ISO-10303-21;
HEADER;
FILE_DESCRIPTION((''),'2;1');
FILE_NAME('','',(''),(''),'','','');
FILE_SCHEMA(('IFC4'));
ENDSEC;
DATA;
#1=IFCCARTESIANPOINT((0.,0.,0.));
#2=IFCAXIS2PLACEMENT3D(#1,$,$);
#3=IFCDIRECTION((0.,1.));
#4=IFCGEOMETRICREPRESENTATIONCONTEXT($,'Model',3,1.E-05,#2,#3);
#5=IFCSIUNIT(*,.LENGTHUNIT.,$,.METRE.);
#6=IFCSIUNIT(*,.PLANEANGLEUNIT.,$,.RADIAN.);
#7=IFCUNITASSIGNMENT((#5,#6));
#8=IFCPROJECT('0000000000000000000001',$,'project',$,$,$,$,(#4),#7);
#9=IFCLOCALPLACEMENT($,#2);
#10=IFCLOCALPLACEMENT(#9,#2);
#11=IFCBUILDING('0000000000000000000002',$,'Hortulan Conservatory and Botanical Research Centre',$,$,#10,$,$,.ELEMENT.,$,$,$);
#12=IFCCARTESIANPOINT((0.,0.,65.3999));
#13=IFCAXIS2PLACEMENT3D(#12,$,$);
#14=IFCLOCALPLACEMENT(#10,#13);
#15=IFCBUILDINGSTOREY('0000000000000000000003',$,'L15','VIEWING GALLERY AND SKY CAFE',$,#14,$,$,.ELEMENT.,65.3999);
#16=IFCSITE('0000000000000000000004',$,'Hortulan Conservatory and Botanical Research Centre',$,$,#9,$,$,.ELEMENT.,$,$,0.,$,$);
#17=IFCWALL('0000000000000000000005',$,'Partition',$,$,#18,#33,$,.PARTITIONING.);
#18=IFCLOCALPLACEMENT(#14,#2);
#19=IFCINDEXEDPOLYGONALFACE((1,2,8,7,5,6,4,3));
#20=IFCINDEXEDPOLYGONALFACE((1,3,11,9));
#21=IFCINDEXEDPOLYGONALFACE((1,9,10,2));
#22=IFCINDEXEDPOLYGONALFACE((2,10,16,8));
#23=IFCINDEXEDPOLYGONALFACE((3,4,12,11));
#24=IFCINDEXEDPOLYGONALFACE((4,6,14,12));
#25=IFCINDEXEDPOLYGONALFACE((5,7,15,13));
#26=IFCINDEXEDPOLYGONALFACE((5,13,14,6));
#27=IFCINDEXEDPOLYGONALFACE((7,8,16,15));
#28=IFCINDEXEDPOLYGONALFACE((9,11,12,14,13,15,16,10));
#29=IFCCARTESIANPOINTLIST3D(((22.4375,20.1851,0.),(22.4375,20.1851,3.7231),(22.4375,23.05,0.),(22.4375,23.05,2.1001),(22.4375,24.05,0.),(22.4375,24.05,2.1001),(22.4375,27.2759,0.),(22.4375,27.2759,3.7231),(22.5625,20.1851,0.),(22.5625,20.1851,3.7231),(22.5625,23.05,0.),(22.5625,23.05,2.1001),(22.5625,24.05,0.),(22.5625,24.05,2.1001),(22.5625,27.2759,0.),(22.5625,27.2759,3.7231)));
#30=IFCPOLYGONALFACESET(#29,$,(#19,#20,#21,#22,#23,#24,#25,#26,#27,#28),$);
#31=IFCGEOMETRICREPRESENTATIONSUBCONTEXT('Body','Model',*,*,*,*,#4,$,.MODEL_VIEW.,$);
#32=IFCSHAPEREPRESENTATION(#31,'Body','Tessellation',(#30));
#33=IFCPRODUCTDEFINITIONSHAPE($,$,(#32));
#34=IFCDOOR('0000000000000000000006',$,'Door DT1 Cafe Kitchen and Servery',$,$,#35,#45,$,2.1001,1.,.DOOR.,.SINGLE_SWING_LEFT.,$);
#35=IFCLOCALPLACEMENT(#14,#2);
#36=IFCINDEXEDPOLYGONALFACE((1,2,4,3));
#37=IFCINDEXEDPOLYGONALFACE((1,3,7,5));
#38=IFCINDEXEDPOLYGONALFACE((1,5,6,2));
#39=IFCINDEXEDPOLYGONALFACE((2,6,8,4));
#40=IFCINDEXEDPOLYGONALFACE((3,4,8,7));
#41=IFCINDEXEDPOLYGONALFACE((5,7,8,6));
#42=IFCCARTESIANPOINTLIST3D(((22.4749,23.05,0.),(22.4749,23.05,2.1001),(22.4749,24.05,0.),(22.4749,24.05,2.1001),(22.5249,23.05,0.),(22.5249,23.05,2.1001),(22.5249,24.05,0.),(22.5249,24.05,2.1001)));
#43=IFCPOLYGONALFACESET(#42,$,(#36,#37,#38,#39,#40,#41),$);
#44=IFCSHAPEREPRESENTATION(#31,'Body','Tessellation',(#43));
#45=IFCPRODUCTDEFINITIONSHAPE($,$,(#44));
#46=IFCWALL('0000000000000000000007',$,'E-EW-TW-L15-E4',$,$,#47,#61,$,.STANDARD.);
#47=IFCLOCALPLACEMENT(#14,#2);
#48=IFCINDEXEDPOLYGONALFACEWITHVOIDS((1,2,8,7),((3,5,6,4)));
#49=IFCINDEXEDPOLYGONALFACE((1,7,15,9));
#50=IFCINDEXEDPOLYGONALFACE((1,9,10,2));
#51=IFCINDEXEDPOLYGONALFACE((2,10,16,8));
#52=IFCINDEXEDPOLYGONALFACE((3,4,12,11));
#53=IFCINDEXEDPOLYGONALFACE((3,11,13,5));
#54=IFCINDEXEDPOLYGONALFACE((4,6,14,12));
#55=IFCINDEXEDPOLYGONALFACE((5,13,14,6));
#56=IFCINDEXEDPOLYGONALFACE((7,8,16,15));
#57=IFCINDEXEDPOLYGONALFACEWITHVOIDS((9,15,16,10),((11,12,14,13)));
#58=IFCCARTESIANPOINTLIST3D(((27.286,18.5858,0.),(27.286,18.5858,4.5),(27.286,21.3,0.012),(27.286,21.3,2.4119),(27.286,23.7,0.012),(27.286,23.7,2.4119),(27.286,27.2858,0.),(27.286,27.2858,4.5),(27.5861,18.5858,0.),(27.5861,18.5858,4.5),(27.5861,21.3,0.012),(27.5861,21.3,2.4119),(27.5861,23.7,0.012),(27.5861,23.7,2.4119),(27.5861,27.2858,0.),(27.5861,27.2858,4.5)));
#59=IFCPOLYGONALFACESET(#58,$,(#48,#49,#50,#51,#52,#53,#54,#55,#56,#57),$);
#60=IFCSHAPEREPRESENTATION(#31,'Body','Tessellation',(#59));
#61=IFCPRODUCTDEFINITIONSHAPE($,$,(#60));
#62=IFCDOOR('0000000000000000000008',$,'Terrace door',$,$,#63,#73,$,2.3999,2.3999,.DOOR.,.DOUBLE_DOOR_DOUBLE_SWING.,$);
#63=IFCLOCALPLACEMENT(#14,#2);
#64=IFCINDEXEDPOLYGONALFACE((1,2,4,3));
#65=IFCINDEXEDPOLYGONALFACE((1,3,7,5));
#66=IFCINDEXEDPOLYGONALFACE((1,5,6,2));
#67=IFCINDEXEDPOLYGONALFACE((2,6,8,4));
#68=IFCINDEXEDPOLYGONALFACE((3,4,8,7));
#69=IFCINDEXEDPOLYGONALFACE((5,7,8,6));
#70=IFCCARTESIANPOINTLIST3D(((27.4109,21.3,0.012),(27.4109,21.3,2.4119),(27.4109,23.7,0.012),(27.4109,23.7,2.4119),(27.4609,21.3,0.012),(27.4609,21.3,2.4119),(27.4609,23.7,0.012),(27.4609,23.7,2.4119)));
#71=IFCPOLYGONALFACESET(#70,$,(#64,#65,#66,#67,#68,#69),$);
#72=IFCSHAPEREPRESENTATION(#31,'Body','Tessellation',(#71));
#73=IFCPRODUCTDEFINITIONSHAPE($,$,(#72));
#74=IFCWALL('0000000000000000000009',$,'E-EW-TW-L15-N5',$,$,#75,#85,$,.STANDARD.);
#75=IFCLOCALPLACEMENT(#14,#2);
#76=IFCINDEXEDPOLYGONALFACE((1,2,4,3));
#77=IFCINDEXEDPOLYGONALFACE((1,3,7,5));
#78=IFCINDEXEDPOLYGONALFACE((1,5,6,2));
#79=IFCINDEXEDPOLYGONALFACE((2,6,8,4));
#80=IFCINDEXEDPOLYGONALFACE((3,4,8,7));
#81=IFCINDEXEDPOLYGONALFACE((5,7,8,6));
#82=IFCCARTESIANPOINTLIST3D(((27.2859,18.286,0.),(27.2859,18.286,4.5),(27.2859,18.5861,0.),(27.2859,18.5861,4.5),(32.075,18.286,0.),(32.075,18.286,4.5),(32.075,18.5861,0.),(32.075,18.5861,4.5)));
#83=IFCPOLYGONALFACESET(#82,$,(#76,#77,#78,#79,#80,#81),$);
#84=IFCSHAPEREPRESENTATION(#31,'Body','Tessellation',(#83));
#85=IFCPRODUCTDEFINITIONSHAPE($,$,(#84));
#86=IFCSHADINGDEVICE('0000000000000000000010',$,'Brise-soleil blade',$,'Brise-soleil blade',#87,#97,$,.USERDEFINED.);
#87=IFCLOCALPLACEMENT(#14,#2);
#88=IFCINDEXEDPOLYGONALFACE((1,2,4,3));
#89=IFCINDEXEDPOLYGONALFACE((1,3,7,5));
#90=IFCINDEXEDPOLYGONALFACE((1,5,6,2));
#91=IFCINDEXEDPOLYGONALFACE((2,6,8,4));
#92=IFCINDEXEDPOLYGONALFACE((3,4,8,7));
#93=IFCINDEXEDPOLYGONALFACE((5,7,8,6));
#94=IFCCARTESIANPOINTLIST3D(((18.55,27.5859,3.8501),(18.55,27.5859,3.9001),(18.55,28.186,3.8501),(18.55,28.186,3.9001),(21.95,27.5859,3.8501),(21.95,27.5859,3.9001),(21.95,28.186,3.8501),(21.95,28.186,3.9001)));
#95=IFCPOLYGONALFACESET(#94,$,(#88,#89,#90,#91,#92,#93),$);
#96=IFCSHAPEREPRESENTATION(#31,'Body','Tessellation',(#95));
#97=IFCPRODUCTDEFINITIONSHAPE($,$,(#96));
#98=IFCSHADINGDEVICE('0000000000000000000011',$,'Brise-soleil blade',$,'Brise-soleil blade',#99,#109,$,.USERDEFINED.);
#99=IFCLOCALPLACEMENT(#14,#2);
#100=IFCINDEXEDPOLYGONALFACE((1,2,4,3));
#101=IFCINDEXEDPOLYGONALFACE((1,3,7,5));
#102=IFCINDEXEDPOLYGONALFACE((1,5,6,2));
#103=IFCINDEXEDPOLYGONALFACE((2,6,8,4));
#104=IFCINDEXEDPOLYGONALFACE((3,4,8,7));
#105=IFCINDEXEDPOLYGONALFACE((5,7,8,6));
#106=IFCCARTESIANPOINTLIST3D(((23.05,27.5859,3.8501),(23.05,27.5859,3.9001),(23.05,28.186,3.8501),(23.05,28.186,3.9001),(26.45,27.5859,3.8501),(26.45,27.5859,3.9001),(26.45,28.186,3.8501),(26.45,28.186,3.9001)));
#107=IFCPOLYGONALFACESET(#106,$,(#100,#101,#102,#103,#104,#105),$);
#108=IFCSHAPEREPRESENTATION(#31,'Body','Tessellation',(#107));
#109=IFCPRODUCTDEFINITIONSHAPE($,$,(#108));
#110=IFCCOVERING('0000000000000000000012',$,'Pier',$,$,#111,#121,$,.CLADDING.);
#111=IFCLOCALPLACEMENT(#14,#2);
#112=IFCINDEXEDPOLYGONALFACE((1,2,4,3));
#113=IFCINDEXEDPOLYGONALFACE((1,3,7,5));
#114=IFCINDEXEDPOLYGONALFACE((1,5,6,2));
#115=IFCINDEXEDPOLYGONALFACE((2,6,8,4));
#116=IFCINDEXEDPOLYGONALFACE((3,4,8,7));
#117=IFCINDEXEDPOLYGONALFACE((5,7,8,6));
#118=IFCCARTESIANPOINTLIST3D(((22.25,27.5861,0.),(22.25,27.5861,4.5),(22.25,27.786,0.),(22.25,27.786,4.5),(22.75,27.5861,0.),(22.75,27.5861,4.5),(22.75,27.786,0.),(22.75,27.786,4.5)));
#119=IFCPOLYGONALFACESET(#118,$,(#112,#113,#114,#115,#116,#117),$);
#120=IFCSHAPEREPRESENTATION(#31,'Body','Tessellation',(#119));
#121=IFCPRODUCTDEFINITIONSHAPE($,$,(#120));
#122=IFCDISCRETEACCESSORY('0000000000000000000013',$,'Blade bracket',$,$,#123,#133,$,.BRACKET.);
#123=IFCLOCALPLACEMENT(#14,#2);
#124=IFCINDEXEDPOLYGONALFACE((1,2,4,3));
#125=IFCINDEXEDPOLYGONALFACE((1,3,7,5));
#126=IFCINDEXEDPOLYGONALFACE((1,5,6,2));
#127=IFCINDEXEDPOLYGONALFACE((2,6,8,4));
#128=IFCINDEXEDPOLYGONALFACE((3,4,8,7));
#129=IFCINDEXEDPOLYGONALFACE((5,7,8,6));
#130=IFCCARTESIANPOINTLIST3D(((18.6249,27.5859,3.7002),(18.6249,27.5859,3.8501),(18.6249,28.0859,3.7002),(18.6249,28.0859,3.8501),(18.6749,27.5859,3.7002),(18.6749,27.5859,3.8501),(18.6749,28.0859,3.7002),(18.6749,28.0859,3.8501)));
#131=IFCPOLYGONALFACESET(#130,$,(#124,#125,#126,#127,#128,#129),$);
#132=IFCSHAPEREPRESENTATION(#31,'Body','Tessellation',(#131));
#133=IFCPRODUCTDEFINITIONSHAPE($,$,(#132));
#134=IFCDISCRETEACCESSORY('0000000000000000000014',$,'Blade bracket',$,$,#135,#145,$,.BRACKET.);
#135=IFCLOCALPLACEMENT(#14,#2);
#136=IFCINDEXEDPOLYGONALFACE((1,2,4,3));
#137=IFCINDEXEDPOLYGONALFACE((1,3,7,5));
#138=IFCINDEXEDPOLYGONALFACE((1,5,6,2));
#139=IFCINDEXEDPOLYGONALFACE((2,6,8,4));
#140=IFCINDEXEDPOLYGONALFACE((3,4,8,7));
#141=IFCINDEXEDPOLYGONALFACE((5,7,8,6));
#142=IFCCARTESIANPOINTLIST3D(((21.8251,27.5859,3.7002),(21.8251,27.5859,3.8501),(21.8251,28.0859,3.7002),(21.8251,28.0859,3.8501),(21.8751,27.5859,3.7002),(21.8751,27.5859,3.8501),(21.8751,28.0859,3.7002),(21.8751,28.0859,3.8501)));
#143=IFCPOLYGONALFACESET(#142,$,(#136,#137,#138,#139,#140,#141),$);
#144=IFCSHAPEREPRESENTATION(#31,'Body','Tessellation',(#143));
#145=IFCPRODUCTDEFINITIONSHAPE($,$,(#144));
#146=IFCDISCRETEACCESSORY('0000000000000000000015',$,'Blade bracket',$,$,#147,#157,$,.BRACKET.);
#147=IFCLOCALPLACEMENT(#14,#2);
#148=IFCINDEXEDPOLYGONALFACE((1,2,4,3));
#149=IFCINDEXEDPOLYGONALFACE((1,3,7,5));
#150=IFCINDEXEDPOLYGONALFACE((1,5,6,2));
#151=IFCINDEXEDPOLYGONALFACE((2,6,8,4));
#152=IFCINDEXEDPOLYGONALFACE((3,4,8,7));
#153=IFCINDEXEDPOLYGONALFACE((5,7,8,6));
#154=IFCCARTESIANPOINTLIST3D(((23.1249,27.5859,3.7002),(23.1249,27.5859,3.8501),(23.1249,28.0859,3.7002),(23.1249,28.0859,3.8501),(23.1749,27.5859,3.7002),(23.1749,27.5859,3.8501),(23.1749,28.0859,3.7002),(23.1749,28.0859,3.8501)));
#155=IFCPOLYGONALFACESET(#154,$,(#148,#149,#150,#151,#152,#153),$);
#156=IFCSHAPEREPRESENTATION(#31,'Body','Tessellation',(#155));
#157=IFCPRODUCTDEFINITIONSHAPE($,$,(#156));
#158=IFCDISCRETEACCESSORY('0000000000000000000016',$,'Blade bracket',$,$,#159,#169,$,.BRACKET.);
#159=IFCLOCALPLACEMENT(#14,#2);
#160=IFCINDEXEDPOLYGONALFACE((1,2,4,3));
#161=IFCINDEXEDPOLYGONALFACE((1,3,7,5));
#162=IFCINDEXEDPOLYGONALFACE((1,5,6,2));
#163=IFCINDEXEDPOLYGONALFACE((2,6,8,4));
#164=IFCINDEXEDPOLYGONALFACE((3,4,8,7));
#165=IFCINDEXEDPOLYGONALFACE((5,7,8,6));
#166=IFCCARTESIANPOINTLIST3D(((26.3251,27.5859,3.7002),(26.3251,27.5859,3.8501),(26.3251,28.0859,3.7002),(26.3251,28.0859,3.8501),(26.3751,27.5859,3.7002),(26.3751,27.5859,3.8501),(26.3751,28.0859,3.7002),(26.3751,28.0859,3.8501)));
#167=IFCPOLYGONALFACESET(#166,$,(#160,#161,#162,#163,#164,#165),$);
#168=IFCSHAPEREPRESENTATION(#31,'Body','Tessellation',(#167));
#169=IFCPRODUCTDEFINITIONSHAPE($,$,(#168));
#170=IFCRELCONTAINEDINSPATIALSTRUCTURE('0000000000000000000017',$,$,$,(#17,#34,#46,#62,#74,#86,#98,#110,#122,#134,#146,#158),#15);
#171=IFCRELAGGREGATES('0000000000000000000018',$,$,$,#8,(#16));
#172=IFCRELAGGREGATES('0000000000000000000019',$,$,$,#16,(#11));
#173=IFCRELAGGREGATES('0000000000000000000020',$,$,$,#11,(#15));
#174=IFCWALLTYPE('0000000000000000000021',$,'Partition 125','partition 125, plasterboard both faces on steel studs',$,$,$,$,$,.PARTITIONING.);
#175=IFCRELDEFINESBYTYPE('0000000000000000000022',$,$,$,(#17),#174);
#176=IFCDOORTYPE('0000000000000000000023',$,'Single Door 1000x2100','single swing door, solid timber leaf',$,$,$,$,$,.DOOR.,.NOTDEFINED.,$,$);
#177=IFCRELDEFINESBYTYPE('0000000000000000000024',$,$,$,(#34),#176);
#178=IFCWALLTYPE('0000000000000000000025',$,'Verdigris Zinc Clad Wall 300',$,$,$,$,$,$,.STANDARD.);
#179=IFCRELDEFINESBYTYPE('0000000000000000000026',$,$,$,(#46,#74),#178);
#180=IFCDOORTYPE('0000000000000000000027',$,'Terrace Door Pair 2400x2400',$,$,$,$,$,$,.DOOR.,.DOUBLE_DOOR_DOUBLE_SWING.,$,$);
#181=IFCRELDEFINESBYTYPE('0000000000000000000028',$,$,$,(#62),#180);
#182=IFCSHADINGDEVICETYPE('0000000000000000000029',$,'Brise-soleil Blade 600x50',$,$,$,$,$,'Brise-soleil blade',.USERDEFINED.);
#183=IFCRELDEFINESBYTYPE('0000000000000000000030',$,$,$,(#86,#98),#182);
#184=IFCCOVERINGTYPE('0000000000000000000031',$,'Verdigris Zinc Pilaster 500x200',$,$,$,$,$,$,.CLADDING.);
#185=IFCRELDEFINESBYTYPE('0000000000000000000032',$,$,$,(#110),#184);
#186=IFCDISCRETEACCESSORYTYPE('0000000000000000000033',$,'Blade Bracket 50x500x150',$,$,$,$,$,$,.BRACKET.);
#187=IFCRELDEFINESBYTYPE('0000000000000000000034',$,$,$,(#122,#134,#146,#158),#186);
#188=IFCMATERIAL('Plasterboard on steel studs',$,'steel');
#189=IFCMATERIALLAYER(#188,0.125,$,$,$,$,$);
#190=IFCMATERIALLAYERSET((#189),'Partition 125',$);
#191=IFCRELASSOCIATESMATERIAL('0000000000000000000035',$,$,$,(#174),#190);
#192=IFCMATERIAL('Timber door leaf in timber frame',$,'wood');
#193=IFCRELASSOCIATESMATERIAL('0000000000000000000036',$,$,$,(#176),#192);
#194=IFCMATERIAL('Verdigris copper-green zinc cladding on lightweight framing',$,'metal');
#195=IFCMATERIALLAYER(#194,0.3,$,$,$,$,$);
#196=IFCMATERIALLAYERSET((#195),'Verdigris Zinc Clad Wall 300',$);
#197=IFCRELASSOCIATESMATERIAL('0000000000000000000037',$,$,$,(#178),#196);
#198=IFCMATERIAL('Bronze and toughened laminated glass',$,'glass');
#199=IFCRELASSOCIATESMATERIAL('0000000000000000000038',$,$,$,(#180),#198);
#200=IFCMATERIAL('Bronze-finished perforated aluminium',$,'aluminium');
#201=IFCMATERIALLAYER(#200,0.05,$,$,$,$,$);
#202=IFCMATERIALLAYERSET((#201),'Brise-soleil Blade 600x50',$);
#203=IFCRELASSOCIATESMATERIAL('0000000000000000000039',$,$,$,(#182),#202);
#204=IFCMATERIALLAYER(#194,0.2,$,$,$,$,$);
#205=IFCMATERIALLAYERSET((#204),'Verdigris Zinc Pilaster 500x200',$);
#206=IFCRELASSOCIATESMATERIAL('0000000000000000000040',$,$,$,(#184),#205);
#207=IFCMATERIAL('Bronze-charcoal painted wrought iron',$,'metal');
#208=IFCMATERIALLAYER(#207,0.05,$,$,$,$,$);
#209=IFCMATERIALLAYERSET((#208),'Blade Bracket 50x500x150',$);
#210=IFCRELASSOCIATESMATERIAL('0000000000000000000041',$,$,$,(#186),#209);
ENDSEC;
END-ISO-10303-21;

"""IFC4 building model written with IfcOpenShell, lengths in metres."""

from ifc_helpers import new_model, si_unit, direction, frame, frame_2d, origin, origin_2d, place, context, subcontext, project, spatial, rectangle, extrude, material, layer, layer_set, type_object, element, fill, save


model = new_model("IFC4")

# Units and contexts
model_context = context("Model", 3, precision=1e-05, world=origin(), true_north=direction((0.0, 1.0)))
body_context = subcontext(model_context, "Body", "Model", "MODEL_VIEW")
ifc_project = project(units=[si_unit("LENGTHUNIT", "METRE"), si_unit("PLANEANGLEUNIT", "RADIAN")], contexts=[model_context])

# Site, building, storey
site_placement = place(None, origin())
site = spatial("IfcSite", under=ifc_project, at=site_placement, Name="Hortulan Conservatory and Botanical Research Centre", CompositionType="ELEMENT", RefElevation=0.0)
building_placement = place(site_placement, origin())
building = spatial("IfcBuilding", under=site, at=building_placement, Name="Hortulan Conservatory and Botanical Research Centre", CompositionType="ELEMENT")
storey_placement = place(building_placement, frame((0.0, 0.0, 65.3999)))
storey = spatial("IfcBuildingStorey", under=building, at=storey_placement, Name="L15", Description="VIEWING GALLERY AND SKY CAFE", CompositionType="ELEMENT", Elevation=65.3999)

# Walls, openings, doors
ifc_material_1 = material(Name="Plasterboard on steel studs", Category="steel")
ifc_layer_1 = layer(ifc_material_1, 0.125)
ifc_layer_set_1 = layer_set([ifc_layer_1], Name="Partition 125")
wall_type_1 = type_object("IfcWallType", Name="Partition 125", Description="partition 125, plasterboard both faces on steel studs", PredefinedType="PARTITIONING", material=ifc_layer_set_1)
wall_1_placement = place(storey_placement, frame((22.5, 20.1851, 0.0), z_axis=(0.0, 0.0, 1.0), x_axis=(0.0, 1.0, 0.0)))
wall_1 = element("IfcWall", 1, at=wall_1_placement, inside=storey, type_object=wall_type_1, Name="Partition", PredefinedType="PARTITIONING", context=body_context, shape_type="SweptSolid", body=[
    extrude(rectangle(XDim=7.0908, YDim=0.125, at=frame_2d((3.5454, 0.0))), origin(), (0.0, 0.0, 1.0), 3.7231),
])
opening_1_placement = place(wall_1_placement, frame((2.865, 0.0, 0.0)))
opening_1 = element("IfcOpeningElement", 2, at=opening_1_placement, cuts=wall_1, PredefinedType="OPENING", context=body_context, shape_type="SweptSolid", body=[
    extrude(rectangle(XDim=1.0, YDim=2.1001, at=frame_2d((0.5, 1.05))), frame((0.0, 0.0725, 0.0), z_axis=(0.0, -1.0, 0.0), x_axis=(1.0, 0.0, 0.0)), (0.0, 0.0, 1.0), 0.145),
])
ifc_material_2 = material(Name="Timber door leaf in timber frame", Category="wood")
door_type_1 = type_object("IfcDoorType", Name="Single Door 1000x2100", Description="single swing door, solid timber leaf", OperationType="NOTDEFINED", PredefinedType="DOOR", material=ifc_material_2)
door_1_placement = place(opening_1_placement, frame((1.0, 0.0, 0.0), z_axis=(0.0, 0.0, 1.0), x_axis=(-1.0, 0.0, 0.0)))
door_1 = element("IfcDoor", 3, at=door_1_placement, inside=storey, type_object=door_type_1, Name="Door DT1 Cafe Kitchen and Servery", OperationType="SINGLE_SWING_LEFT", OverallHeight=2.1001, OverallWidth=1.0, PredefinedType="DOOR", context=body_context, shape_type="SweptSolid", body=[
    extrude(rectangle(XDim=1.0, YDim=2.1001, at=frame_2d((0.5, 1.05))), frame((0.0, 0.0249, 0.0), z_axis=(0.0, -1.0, 0.0), x_axis=(1.0, 0.0, 0.0)), (0.0, 0.0, 1.0), 0.05),
])
fill(opening_1, door_1)
ifc_material_3 = material(Name="Verdigris copper-green zinc cladding on lightweight framing", Category="metal")
ifc_layer_2 = layer(ifc_material_3, 0.3)
ifc_layer_set_2 = layer_set([ifc_layer_2], Name="Verdigris Zinc Clad Wall 300")
wall_type_2 = type_object("IfcWallType", Name="Verdigris Zinc Clad Wall 300", PredefinedType="STANDARD", material=ifc_layer_set_2)
wall_2_placement = place(storey_placement, frame((27.436, 27.2859, 0.0), z_axis=(0.0, 0.0, 1.0), x_axis=(0.0, -1.0, 0.0)))
wall_2 = element("IfcWall", 4, at=wall_2_placement, inside=storey, type_object=wall_type_2, Name="E-EW-TW-L15-E4", PredefinedType="STANDARD", context=body_context, shape_type="SweptSolid", body=[
    extrude(rectangle(XDim=8.7, YDim=0.3, at=frame_2d((4.3501, 0.0))), origin(), (0.0, 0.0, 1.0), 4.5),
])
opening_2_placement = place(wall_2_placement, frame((3.5859, 0.0, 0.012)))
opening_2 = element("IfcOpeningElement", 5, at=opening_2_placement, cuts=wall_2, PredefinedType="OPENING", context=body_context, shape_type="SweptSolid", body=[
    extrude(rectangle(XDim=2.3999, YDim=2.3999, at=frame_2d((1.2, 1.2))), frame((0.0, 0.1599, 0.0), z_axis=(0.0, -1.0, 0.0), x_axis=(1.0, 0.0, 0.0)), (0.0, 0.0, 1.0), 0.3201),
])
ifc_material_4 = material(Name="Bronze and toughened laminated glass", Category="glass")
door_type_2 = type_object("IfcDoorType", Name="Terrace Door Pair 2400x2400", OperationType="DOUBLE_DOOR_DOUBLE_SWING", PredefinedType="DOOR", material=ifc_material_4)
door_2_placement = place(opening_2_placement, origin())
door_2 = element("IfcDoor", 6, at=door_2_placement, inside=storey, type_object=door_type_2, Name="Terrace door", OperationType="DOUBLE_DOOR_DOUBLE_SWING", OverallHeight=2.3999, OverallWidth=2.3999, PredefinedType="DOOR", context=body_context, shape_type="SweptSolid", body=[
    extrude(rectangle(XDim=2.3999, YDim=2.3999, at=frame_2d((1.2, 1.2))), frame((0.0, 0.0249, 0.0), z_axis=(0.0, -1.0, 0.0), x_axis=(1.0, 0.0, 0.0)), (0.0, 0.0, 1.0), 0.05),
])
fill(opening_2, door_2)

# Wall
wall_3_placement = place(storey_placement, frame((27.2859, 18.436, 0.0), z_axis=(0.0, 0.0, 1.0), x_axis=(1.0, 0.0, 0.0)))
element("IfcWall", 7, at=wall_3_placement, inside=storey, type_object=wall_type_2, Name="E-EW-TW-L15-N5", PredefinedType="STANDARD", context=body_context, shape_type="SweptSolid", body=[
    extrude(rectangle(XDim=4.7891, YDim=0.3, at=frame_2d((2.3945, 0.0))), origin(), (0.0, 0.0, 1.0), 4.5),
])

# Shading devices
ifc_material_5 = material(Name="Bronze-finished perforated aluminium", Category="aluminium")
ifc_layer_3 = layer(ifc_material_5, 0.05)
ifc_layer_set_3 = layer_set([ifc_layer_3], Name="Brise-soleil Blade 600x50")
shading_device_type = type_object("IfcShadingDeviceType", Name="Brise-soleil Blade 600x50", ElementType="Brise-soleil blade", PredefinedType="USERDEFINED", material=ifc_layer_set_3)
for number, where, z_axis, x_axis, name in (
    (8, (20.25, 27.886, 3.8501), (0.0, 0.0, 1.0), (1.0, 0.0, 0.0), "Brise-soleil blade"),
    (9, (24.75, 27.886, 3.8501), (0.0, 0.0, 1.0), (1.0, 0.0, 0.0), "Brise-soleil blade"),
):
    element("IfcShadingDevice", number, at=place(storey_placement, frame(where, z_axis=z_axis, x_axis=x_axis)), inside=storey, type_object=shading_device_type, Name=name, ObjectType="Brise-soleil blade", PredefinedType="USERDEFINED", context=body_context, shape_type="SweptSolid", body=[
        extrude(rectangle(XDim=3.3999, YDim=0.6001, at=origin_2d()), origin(), (0.0, 0.0, 1.0), 0.05),
    ])

# Covering
ifc_layer_4 = layer(ifc_material_3, 0.2)
ifc_layer_set_4 = layer_set([ifc_layer_4], Name="Verdigris Zinc Pilaster 500x200")
covering_type = type_object("IfcCoveringType", Name="Verdigris Zinc Pilaster 500x200", PredefinedType="CLADDING", material=ifc_layer_set_4)
covering_placement = place(storey_placement, frame((22.5, 27.686, 0.0), z_axis=(0.0, 0.0, 1.0), x_axis=(1.0, 0.0, 0.0)))
element("IfcCovering", 10, at=covering_placement, inside=storey, type_object=covering_type, Name="Pier", PredefinedType="CLADDING", context=body_context, shape_type="SweptSolid", body=[
    extrude(rectangle(XDim=0.5, YDim=0.2, at=origin_2d()), origin(), (0.0, 0.0, 1.0), 4.5),
])

# Discrete accessories
ifc_material_6 = material(Name="Bronze-charcoal painted wrought iron", Category="metal")
ifc_layer_5 = layer(ifc_material_6, 0.05)
ifc_layer_set_5 = layer_set([ifc_layer_5], Name="Blade Bracket 50x500x150")
discrete_accessory_type = type_object("IfcDiscreteAccessoryType", Name="Blade Bracket 50x500x150", PredefinedType="BRACKET", material=ifc_layer_set_5)
for number, where, z_axis, x_axis, name in (
    (11, (18.6499, 27.8359, 3.7002), (0.0, 0.0, 1.0), (1.0, 0.0, 0.0), "Blade bracket"),
    (12, (21.8501, 27.8359, 3.7002), (0.0, 0.0, 1.0), (1.0, 0.0, 0.0), "Blade bracket"),
    (13, (23.1499, 27.8359, 3.7002), (0.0, 0.0, 1.0), (1.0, 0.0, 0.0), "Blade bracket"),
    (14, (26.3501, 27.8359, 3.7002), (0.0, 0.0, 1.0), (1.0, 0.0, 0.0), "Blade bracket"),
):
    element("IfcDiscreteAccessory", number, at=place(storey_placement, frame(where, z_axis=z_axis, x_axis=x_axis)), inside=storey, type_object=discrete_accessory_type, Name=name, PredefinedType="BRACKET", context=body_context, shape_type="SweptSolid", body=[
        extrude(rectangle(XDim=0.05, YDim=0.5, at=origin_2d()), origin(), (0.0, 0.0, 1.0), 0.1499),
    ])

save(model, "model.ifc")
